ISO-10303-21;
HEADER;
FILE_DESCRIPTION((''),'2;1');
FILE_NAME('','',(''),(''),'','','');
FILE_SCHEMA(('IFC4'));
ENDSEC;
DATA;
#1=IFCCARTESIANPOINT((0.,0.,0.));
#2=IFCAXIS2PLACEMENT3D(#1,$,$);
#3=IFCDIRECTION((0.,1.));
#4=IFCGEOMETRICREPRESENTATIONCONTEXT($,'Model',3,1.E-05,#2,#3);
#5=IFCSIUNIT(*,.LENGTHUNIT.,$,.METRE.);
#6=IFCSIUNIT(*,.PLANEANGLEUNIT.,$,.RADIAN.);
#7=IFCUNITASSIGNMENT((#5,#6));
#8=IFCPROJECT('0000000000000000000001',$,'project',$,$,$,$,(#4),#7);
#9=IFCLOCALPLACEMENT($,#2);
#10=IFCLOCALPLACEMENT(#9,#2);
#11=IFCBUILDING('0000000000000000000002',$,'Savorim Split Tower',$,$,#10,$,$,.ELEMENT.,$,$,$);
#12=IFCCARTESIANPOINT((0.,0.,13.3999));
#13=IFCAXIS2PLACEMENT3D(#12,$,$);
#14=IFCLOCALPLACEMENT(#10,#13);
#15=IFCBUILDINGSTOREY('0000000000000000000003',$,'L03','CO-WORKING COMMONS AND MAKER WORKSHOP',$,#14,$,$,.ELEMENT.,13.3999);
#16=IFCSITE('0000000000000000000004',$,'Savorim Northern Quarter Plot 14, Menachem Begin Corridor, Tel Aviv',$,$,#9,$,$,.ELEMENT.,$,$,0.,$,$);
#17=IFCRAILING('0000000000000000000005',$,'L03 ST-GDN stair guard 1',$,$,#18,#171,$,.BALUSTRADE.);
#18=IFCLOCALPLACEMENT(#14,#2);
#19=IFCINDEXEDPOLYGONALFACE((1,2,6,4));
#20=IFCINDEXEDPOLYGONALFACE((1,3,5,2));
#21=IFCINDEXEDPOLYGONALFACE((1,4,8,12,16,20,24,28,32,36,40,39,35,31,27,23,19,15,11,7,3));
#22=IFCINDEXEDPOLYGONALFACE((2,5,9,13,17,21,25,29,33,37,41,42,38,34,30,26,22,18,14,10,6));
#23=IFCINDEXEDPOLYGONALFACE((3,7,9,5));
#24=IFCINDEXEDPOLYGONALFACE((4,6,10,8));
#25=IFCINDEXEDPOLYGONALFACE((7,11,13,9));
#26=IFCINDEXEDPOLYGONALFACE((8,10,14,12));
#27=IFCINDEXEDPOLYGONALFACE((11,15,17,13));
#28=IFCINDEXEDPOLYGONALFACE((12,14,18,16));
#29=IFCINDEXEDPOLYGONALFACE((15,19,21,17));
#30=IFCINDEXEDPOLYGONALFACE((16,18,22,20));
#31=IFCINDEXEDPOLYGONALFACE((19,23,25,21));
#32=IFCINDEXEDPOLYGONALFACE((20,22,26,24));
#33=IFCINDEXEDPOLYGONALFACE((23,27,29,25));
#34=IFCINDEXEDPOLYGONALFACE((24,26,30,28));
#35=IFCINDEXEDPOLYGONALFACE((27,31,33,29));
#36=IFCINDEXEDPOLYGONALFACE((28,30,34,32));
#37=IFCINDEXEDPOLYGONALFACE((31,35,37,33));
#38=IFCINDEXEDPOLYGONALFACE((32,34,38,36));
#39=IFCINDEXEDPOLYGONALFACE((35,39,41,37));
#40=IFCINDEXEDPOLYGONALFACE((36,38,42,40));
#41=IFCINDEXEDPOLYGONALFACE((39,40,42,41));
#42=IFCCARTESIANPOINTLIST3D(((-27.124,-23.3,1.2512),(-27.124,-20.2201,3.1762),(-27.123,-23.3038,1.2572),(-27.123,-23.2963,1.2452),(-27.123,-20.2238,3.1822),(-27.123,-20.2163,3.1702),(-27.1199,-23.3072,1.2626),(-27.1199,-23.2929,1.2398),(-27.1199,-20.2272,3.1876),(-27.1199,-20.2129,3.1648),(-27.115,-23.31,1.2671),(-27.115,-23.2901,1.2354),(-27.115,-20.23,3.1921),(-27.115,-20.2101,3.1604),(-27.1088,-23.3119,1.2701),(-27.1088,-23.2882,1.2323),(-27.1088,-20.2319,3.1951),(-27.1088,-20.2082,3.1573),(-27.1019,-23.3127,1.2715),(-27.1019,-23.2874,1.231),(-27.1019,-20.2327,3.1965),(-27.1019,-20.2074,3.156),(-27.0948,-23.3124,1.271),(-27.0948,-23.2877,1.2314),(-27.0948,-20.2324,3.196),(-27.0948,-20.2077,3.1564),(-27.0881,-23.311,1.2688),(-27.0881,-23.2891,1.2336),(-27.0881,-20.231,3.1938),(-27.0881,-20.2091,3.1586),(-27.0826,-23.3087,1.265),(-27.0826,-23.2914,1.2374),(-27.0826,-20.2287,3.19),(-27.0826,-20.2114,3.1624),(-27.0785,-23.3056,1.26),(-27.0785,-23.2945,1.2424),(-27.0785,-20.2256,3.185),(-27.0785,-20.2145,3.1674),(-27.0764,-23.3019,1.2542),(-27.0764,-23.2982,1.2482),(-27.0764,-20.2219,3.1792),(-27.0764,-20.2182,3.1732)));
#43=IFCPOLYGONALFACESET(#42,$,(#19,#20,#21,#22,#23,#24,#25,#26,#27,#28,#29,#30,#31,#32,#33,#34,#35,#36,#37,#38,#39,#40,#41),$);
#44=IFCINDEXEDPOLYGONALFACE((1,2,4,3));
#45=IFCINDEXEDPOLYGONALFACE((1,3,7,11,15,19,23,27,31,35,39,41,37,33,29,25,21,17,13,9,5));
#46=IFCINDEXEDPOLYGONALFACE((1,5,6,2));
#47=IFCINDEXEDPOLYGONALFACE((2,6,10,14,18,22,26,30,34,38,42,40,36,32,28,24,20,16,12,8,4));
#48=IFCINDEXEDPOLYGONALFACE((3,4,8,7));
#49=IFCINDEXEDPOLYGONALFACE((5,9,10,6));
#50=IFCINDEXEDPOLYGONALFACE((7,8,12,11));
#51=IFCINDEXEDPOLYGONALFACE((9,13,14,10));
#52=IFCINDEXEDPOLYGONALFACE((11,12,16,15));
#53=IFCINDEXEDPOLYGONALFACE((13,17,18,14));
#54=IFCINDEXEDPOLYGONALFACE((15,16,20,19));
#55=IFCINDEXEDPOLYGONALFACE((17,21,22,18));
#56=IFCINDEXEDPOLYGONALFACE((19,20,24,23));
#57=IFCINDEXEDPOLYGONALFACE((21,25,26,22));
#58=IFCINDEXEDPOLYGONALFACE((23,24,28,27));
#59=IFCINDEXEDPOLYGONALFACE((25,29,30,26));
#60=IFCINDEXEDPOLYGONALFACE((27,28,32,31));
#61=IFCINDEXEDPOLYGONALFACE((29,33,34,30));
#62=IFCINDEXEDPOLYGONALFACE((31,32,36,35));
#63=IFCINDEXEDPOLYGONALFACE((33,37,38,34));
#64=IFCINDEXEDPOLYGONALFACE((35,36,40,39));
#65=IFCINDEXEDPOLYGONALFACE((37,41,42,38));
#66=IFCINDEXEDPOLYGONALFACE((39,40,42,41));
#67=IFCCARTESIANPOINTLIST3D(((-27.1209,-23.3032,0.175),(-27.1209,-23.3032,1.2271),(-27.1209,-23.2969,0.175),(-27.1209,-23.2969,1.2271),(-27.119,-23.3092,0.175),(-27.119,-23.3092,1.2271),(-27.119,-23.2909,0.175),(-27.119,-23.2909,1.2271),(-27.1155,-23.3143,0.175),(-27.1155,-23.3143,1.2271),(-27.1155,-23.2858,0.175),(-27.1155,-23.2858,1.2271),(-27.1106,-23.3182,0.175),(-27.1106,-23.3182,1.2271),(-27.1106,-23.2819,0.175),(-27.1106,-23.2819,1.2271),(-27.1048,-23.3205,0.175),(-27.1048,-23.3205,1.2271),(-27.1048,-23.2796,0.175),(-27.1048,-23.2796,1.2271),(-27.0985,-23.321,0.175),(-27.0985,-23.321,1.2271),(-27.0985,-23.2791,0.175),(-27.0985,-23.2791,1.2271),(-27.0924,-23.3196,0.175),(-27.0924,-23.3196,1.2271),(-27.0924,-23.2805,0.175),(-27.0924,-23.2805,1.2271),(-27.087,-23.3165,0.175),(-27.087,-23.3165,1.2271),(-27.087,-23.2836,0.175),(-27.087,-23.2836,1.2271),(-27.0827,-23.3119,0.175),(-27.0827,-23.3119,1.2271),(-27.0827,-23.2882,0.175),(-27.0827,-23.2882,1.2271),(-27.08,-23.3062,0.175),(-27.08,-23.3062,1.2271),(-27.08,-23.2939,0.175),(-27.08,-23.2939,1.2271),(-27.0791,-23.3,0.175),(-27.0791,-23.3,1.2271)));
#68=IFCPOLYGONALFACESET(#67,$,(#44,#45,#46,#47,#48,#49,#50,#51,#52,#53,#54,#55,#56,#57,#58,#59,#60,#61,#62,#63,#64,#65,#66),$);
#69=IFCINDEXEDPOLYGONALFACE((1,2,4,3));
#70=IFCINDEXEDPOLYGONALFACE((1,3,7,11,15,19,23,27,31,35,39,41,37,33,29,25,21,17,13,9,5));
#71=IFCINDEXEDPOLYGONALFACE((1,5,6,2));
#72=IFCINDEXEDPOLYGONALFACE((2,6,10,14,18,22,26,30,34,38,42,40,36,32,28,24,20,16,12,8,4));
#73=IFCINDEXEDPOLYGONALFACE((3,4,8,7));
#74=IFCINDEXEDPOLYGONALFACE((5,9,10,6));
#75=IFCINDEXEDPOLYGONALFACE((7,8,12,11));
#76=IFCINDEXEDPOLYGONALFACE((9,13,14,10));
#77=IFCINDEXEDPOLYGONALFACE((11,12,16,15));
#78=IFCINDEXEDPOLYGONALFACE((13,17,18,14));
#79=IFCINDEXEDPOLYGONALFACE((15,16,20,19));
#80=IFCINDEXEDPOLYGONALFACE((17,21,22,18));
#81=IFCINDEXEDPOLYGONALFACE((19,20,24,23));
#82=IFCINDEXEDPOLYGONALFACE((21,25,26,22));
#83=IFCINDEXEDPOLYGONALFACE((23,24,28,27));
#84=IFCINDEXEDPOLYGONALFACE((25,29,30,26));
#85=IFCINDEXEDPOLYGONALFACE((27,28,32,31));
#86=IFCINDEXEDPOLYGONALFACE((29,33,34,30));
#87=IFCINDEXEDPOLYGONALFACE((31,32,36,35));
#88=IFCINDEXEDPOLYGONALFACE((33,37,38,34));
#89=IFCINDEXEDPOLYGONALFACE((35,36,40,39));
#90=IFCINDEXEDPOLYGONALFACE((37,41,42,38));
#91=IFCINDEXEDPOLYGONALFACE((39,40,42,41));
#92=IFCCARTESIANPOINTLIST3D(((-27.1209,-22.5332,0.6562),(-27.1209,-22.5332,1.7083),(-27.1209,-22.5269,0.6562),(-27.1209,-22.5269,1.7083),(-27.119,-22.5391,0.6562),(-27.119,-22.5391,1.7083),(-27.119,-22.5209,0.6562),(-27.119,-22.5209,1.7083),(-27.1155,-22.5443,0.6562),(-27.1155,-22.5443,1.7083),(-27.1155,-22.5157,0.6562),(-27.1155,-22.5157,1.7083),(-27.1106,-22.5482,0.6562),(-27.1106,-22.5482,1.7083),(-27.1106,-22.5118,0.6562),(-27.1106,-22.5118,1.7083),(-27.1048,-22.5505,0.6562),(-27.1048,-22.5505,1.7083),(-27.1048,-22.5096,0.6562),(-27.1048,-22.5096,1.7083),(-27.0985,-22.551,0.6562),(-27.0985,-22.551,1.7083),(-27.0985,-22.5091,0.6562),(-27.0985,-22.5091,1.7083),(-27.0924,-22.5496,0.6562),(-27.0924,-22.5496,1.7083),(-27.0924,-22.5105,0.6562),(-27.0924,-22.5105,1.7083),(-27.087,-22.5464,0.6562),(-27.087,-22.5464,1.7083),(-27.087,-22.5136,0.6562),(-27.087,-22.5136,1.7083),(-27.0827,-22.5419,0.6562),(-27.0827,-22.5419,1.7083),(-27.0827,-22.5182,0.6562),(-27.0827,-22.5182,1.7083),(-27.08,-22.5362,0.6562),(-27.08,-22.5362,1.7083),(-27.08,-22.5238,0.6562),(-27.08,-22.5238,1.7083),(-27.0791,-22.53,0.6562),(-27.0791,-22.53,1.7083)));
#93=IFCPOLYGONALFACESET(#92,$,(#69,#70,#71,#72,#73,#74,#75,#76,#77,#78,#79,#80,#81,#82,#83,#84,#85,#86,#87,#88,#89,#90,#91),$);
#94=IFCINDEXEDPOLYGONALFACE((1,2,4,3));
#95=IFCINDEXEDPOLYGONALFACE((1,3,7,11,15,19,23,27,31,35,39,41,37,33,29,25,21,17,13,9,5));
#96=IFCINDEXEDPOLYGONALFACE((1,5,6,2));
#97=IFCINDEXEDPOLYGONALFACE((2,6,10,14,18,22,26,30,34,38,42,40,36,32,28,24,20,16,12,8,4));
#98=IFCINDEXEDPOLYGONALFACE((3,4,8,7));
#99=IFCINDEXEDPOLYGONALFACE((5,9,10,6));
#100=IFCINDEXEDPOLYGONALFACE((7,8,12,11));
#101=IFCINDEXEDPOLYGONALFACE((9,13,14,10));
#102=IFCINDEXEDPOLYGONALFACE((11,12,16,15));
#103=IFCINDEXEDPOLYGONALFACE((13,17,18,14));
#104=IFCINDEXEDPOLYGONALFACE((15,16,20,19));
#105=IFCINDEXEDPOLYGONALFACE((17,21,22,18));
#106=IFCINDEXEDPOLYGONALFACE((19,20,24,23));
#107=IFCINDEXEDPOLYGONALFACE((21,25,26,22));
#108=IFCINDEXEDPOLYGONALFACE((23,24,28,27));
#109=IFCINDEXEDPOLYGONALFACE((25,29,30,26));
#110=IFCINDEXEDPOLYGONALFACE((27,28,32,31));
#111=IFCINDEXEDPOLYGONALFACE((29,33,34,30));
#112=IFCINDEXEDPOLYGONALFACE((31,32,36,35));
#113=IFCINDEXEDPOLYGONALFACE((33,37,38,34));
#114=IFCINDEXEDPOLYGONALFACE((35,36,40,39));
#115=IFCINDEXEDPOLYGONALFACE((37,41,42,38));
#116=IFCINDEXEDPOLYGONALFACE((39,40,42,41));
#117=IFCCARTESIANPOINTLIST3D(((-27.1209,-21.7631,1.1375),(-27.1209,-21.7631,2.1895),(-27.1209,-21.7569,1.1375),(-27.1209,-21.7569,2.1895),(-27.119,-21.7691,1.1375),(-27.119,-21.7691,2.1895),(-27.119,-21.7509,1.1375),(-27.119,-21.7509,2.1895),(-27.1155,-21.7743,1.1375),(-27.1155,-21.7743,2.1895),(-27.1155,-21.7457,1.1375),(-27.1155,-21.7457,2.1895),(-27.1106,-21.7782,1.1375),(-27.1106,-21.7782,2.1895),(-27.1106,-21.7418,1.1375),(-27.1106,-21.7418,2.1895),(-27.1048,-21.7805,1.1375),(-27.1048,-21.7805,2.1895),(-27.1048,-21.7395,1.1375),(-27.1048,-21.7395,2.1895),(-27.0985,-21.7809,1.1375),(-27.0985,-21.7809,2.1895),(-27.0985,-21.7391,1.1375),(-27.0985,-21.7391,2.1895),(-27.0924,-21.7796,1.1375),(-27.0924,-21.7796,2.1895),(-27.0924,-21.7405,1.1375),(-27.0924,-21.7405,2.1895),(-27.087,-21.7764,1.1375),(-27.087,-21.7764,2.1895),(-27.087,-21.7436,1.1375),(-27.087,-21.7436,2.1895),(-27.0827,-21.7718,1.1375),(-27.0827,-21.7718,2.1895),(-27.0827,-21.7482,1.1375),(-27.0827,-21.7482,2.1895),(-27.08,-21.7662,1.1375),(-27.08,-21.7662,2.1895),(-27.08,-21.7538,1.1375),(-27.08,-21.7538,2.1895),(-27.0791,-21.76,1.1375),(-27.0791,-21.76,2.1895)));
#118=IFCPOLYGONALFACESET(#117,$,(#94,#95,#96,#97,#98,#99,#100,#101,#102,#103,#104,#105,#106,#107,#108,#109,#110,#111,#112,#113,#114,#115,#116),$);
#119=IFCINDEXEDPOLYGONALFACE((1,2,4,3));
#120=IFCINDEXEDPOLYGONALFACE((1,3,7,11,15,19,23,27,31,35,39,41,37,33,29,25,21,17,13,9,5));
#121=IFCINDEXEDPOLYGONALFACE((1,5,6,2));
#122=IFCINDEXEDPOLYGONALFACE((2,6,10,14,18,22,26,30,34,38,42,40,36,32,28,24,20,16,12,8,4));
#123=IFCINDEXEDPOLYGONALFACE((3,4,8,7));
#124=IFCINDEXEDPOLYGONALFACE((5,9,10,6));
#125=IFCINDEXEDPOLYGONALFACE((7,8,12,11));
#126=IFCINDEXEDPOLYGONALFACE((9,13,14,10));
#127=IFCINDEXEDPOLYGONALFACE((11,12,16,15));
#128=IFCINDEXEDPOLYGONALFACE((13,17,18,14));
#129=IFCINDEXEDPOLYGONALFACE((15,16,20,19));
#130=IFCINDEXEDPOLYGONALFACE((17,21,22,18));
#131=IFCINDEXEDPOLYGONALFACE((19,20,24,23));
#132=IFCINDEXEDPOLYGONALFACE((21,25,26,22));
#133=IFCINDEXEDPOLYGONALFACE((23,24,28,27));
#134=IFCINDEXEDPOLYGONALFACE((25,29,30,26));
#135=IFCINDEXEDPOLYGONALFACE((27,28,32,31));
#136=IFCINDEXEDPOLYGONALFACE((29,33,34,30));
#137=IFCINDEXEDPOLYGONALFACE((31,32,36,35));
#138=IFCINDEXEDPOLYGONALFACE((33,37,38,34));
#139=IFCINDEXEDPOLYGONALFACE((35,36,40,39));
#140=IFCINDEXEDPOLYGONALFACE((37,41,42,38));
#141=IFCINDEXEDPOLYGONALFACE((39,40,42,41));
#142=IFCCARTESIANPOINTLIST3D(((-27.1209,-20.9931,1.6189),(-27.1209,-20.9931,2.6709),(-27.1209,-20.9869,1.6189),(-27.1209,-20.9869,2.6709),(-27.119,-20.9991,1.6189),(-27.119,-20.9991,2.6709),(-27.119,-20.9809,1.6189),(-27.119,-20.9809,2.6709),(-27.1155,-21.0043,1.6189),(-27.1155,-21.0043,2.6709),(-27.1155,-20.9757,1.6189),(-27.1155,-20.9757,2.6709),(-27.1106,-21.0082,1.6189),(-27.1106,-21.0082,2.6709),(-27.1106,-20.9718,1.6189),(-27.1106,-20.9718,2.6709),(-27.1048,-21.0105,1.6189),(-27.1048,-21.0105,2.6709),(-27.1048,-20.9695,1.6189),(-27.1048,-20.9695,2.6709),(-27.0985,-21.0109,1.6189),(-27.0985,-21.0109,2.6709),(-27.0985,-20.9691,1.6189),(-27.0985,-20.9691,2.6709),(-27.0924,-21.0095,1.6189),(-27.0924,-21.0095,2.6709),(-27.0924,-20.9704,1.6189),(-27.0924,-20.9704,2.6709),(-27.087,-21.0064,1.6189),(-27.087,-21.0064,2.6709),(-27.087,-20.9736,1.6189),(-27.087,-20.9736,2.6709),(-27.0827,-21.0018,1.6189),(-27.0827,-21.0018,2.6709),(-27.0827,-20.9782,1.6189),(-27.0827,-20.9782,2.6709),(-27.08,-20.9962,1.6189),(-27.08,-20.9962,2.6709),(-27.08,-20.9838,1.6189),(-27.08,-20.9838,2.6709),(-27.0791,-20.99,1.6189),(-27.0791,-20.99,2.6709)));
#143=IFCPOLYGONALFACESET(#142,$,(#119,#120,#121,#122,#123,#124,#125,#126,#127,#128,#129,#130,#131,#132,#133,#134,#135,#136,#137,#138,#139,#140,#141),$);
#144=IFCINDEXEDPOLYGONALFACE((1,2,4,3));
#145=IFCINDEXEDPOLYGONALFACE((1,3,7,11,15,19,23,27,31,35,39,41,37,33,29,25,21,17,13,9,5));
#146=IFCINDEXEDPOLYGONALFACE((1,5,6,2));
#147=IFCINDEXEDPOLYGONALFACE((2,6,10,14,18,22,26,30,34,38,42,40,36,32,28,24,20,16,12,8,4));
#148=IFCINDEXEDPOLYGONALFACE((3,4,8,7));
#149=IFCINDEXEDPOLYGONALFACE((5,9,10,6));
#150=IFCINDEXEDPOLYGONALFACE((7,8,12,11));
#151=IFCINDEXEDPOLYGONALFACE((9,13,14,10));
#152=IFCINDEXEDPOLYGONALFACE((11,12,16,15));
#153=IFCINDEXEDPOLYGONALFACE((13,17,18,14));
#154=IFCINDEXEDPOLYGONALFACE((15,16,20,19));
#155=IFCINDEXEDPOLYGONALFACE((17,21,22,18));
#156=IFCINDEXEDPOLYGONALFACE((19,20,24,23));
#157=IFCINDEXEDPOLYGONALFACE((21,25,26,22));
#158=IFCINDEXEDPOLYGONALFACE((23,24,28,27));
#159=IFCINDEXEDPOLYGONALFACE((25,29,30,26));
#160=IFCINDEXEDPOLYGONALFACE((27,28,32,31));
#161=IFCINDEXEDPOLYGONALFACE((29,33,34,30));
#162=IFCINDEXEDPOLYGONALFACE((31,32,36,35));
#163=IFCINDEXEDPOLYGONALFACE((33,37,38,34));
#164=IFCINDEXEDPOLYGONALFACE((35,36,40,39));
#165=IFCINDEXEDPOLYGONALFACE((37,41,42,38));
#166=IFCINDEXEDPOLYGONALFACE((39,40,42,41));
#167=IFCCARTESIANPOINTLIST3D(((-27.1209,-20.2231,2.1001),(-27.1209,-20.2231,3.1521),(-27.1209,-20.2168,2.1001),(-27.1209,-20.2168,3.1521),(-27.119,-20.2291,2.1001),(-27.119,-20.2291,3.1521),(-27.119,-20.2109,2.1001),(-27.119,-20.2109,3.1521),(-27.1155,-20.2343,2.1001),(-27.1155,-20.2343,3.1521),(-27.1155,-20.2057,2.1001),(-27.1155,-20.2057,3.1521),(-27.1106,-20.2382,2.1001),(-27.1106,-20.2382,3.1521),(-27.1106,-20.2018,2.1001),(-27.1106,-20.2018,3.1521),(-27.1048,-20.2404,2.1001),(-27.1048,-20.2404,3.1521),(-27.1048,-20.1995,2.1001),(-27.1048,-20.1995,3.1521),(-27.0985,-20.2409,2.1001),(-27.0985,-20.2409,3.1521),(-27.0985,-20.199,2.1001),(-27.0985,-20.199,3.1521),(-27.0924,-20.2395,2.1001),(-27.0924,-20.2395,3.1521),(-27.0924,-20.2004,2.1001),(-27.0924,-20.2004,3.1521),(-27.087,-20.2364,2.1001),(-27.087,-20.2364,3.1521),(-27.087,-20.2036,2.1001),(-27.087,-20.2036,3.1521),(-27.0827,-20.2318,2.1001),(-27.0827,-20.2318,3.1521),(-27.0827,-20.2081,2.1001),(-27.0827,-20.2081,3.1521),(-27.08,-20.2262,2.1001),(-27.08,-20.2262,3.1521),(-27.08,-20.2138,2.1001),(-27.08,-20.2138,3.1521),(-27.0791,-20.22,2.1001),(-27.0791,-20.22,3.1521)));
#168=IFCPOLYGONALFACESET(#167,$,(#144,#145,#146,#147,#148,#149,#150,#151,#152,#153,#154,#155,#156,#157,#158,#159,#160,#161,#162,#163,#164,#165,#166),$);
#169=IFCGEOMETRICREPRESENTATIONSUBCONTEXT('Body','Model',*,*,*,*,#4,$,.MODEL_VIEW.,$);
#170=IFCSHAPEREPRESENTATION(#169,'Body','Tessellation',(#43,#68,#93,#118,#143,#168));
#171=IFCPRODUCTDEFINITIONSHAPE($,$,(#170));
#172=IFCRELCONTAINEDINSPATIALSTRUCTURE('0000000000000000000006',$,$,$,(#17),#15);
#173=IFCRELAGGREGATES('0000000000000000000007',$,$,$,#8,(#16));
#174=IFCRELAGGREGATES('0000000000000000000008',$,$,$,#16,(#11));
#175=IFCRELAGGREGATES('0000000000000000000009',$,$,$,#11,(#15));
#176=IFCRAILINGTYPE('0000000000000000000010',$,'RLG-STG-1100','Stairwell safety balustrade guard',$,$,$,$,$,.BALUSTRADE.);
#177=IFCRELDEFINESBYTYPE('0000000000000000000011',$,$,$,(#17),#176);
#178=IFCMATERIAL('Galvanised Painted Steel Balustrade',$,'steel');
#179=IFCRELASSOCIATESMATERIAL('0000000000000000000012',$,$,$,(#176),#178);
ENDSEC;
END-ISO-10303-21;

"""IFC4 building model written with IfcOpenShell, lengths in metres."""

from ifc_helpers import new_model, si_unit, direction, frame, origin, origin_2d, place, context, subcontext, project, spatial, circle, extrude, material, type_object, element, save


model = new_model("IFC4")

# Units and contexts
model_context = context("Model", 3, precision=1e-05, world=origin(), true_north=direction((0.0, 1.0)))
body_context = subcontext(model_context, "Body", "Model", "MODEL_VIEW")
ifc_project = project(units=[si_unit("LENGTHUNIT", "METRE"), si_unit("PLANEANGLEUNIT", "RADIAN")], contexts=[model_context])

# Site, building, storey
site_placement = place(None, origin())
site = spatial("IfcSite", under=ifc_project, at=site_placement, Name="Savorim Northern Quarter Plot 14, Menachem Begin Corridor, Tel Aviv", CompositionType="ELEMENT", RefElevation=0.0)
building_placement = place(site_placement, origin())
building = spatial("IfcBuilding", under=site, at=building_placement, Name="Savorim Split Tower", CompositionType="ELEMENT")
storey_placement = place(building_placement, frame((0.0, 0.0, 13.3999)))
storey = spatial("IfcBuildingStorey", under=building, at=storey_placement, Name="L03", Description="CO-WORKING COMMONS AND MAKER WORKSHOP", CompositionType="ELEMENT", Elevation=13.3999)

# Railing
ifc_material_1 = material(Name="Galvanised Painted Steel Balustrade", Category="steel")
railing_type_1 = type_object("IfcRailingType", Name="RLG-STG-1100", Description="Stairwell safety balustrade guard", PredefinedType="BALUSTRADE", material=ifc_material_1)
railing_1_placement = place(storey_placement, frame((-27.1001, -23.3, 0.175)))
element("IfcRailing", 1, at=railing_1_placement, inside=storey, type_object=railing_type_1, Name="L03 ST-GDN stair guard 1", PredefinedType="BALUSTRADE", context=body_context, shape_type="SweptSolid", body=[
    extrude(circle(Radius=0.0239, at=origin_2d()), frame((0.0, 0.0, 1.0762), z_axis=(0.0, 0.847998, 0.529999), x_axis=(-1.0, 0.0, 0.0)), (0.0, 0.0, 1.0), 3.6321),
    extrude(circle(Radius=0.021, at=origin_2d()), origin(), (0.0, 0.0, 1.0), 1.052),
    extrude(circle(Radius=0.021, at=origin_2d()), frame((0.0, 0.77, 0.4812)), (0.0, 0.0, 1.0), 1.052),
    extrude(circle(Radius=0.021, at=origin_2d()), frame((0.0, 1.54, 0.9624)), (0.0, 0.0, 1.0), 1.052),
    extrude(circle(Radius=0.021, at=origin_2d()), frame((0.0, 2.3101, 1.4438)), (0.0, 0.0, 1.0), 1.052),
    extrude(circle(Radius=0.021, at=origin_2d()), frame((0.0, 3.0801, 1.925)), (0.0, 0.0, 1.0), 1.052),
])

save(model, "model.ifc")
